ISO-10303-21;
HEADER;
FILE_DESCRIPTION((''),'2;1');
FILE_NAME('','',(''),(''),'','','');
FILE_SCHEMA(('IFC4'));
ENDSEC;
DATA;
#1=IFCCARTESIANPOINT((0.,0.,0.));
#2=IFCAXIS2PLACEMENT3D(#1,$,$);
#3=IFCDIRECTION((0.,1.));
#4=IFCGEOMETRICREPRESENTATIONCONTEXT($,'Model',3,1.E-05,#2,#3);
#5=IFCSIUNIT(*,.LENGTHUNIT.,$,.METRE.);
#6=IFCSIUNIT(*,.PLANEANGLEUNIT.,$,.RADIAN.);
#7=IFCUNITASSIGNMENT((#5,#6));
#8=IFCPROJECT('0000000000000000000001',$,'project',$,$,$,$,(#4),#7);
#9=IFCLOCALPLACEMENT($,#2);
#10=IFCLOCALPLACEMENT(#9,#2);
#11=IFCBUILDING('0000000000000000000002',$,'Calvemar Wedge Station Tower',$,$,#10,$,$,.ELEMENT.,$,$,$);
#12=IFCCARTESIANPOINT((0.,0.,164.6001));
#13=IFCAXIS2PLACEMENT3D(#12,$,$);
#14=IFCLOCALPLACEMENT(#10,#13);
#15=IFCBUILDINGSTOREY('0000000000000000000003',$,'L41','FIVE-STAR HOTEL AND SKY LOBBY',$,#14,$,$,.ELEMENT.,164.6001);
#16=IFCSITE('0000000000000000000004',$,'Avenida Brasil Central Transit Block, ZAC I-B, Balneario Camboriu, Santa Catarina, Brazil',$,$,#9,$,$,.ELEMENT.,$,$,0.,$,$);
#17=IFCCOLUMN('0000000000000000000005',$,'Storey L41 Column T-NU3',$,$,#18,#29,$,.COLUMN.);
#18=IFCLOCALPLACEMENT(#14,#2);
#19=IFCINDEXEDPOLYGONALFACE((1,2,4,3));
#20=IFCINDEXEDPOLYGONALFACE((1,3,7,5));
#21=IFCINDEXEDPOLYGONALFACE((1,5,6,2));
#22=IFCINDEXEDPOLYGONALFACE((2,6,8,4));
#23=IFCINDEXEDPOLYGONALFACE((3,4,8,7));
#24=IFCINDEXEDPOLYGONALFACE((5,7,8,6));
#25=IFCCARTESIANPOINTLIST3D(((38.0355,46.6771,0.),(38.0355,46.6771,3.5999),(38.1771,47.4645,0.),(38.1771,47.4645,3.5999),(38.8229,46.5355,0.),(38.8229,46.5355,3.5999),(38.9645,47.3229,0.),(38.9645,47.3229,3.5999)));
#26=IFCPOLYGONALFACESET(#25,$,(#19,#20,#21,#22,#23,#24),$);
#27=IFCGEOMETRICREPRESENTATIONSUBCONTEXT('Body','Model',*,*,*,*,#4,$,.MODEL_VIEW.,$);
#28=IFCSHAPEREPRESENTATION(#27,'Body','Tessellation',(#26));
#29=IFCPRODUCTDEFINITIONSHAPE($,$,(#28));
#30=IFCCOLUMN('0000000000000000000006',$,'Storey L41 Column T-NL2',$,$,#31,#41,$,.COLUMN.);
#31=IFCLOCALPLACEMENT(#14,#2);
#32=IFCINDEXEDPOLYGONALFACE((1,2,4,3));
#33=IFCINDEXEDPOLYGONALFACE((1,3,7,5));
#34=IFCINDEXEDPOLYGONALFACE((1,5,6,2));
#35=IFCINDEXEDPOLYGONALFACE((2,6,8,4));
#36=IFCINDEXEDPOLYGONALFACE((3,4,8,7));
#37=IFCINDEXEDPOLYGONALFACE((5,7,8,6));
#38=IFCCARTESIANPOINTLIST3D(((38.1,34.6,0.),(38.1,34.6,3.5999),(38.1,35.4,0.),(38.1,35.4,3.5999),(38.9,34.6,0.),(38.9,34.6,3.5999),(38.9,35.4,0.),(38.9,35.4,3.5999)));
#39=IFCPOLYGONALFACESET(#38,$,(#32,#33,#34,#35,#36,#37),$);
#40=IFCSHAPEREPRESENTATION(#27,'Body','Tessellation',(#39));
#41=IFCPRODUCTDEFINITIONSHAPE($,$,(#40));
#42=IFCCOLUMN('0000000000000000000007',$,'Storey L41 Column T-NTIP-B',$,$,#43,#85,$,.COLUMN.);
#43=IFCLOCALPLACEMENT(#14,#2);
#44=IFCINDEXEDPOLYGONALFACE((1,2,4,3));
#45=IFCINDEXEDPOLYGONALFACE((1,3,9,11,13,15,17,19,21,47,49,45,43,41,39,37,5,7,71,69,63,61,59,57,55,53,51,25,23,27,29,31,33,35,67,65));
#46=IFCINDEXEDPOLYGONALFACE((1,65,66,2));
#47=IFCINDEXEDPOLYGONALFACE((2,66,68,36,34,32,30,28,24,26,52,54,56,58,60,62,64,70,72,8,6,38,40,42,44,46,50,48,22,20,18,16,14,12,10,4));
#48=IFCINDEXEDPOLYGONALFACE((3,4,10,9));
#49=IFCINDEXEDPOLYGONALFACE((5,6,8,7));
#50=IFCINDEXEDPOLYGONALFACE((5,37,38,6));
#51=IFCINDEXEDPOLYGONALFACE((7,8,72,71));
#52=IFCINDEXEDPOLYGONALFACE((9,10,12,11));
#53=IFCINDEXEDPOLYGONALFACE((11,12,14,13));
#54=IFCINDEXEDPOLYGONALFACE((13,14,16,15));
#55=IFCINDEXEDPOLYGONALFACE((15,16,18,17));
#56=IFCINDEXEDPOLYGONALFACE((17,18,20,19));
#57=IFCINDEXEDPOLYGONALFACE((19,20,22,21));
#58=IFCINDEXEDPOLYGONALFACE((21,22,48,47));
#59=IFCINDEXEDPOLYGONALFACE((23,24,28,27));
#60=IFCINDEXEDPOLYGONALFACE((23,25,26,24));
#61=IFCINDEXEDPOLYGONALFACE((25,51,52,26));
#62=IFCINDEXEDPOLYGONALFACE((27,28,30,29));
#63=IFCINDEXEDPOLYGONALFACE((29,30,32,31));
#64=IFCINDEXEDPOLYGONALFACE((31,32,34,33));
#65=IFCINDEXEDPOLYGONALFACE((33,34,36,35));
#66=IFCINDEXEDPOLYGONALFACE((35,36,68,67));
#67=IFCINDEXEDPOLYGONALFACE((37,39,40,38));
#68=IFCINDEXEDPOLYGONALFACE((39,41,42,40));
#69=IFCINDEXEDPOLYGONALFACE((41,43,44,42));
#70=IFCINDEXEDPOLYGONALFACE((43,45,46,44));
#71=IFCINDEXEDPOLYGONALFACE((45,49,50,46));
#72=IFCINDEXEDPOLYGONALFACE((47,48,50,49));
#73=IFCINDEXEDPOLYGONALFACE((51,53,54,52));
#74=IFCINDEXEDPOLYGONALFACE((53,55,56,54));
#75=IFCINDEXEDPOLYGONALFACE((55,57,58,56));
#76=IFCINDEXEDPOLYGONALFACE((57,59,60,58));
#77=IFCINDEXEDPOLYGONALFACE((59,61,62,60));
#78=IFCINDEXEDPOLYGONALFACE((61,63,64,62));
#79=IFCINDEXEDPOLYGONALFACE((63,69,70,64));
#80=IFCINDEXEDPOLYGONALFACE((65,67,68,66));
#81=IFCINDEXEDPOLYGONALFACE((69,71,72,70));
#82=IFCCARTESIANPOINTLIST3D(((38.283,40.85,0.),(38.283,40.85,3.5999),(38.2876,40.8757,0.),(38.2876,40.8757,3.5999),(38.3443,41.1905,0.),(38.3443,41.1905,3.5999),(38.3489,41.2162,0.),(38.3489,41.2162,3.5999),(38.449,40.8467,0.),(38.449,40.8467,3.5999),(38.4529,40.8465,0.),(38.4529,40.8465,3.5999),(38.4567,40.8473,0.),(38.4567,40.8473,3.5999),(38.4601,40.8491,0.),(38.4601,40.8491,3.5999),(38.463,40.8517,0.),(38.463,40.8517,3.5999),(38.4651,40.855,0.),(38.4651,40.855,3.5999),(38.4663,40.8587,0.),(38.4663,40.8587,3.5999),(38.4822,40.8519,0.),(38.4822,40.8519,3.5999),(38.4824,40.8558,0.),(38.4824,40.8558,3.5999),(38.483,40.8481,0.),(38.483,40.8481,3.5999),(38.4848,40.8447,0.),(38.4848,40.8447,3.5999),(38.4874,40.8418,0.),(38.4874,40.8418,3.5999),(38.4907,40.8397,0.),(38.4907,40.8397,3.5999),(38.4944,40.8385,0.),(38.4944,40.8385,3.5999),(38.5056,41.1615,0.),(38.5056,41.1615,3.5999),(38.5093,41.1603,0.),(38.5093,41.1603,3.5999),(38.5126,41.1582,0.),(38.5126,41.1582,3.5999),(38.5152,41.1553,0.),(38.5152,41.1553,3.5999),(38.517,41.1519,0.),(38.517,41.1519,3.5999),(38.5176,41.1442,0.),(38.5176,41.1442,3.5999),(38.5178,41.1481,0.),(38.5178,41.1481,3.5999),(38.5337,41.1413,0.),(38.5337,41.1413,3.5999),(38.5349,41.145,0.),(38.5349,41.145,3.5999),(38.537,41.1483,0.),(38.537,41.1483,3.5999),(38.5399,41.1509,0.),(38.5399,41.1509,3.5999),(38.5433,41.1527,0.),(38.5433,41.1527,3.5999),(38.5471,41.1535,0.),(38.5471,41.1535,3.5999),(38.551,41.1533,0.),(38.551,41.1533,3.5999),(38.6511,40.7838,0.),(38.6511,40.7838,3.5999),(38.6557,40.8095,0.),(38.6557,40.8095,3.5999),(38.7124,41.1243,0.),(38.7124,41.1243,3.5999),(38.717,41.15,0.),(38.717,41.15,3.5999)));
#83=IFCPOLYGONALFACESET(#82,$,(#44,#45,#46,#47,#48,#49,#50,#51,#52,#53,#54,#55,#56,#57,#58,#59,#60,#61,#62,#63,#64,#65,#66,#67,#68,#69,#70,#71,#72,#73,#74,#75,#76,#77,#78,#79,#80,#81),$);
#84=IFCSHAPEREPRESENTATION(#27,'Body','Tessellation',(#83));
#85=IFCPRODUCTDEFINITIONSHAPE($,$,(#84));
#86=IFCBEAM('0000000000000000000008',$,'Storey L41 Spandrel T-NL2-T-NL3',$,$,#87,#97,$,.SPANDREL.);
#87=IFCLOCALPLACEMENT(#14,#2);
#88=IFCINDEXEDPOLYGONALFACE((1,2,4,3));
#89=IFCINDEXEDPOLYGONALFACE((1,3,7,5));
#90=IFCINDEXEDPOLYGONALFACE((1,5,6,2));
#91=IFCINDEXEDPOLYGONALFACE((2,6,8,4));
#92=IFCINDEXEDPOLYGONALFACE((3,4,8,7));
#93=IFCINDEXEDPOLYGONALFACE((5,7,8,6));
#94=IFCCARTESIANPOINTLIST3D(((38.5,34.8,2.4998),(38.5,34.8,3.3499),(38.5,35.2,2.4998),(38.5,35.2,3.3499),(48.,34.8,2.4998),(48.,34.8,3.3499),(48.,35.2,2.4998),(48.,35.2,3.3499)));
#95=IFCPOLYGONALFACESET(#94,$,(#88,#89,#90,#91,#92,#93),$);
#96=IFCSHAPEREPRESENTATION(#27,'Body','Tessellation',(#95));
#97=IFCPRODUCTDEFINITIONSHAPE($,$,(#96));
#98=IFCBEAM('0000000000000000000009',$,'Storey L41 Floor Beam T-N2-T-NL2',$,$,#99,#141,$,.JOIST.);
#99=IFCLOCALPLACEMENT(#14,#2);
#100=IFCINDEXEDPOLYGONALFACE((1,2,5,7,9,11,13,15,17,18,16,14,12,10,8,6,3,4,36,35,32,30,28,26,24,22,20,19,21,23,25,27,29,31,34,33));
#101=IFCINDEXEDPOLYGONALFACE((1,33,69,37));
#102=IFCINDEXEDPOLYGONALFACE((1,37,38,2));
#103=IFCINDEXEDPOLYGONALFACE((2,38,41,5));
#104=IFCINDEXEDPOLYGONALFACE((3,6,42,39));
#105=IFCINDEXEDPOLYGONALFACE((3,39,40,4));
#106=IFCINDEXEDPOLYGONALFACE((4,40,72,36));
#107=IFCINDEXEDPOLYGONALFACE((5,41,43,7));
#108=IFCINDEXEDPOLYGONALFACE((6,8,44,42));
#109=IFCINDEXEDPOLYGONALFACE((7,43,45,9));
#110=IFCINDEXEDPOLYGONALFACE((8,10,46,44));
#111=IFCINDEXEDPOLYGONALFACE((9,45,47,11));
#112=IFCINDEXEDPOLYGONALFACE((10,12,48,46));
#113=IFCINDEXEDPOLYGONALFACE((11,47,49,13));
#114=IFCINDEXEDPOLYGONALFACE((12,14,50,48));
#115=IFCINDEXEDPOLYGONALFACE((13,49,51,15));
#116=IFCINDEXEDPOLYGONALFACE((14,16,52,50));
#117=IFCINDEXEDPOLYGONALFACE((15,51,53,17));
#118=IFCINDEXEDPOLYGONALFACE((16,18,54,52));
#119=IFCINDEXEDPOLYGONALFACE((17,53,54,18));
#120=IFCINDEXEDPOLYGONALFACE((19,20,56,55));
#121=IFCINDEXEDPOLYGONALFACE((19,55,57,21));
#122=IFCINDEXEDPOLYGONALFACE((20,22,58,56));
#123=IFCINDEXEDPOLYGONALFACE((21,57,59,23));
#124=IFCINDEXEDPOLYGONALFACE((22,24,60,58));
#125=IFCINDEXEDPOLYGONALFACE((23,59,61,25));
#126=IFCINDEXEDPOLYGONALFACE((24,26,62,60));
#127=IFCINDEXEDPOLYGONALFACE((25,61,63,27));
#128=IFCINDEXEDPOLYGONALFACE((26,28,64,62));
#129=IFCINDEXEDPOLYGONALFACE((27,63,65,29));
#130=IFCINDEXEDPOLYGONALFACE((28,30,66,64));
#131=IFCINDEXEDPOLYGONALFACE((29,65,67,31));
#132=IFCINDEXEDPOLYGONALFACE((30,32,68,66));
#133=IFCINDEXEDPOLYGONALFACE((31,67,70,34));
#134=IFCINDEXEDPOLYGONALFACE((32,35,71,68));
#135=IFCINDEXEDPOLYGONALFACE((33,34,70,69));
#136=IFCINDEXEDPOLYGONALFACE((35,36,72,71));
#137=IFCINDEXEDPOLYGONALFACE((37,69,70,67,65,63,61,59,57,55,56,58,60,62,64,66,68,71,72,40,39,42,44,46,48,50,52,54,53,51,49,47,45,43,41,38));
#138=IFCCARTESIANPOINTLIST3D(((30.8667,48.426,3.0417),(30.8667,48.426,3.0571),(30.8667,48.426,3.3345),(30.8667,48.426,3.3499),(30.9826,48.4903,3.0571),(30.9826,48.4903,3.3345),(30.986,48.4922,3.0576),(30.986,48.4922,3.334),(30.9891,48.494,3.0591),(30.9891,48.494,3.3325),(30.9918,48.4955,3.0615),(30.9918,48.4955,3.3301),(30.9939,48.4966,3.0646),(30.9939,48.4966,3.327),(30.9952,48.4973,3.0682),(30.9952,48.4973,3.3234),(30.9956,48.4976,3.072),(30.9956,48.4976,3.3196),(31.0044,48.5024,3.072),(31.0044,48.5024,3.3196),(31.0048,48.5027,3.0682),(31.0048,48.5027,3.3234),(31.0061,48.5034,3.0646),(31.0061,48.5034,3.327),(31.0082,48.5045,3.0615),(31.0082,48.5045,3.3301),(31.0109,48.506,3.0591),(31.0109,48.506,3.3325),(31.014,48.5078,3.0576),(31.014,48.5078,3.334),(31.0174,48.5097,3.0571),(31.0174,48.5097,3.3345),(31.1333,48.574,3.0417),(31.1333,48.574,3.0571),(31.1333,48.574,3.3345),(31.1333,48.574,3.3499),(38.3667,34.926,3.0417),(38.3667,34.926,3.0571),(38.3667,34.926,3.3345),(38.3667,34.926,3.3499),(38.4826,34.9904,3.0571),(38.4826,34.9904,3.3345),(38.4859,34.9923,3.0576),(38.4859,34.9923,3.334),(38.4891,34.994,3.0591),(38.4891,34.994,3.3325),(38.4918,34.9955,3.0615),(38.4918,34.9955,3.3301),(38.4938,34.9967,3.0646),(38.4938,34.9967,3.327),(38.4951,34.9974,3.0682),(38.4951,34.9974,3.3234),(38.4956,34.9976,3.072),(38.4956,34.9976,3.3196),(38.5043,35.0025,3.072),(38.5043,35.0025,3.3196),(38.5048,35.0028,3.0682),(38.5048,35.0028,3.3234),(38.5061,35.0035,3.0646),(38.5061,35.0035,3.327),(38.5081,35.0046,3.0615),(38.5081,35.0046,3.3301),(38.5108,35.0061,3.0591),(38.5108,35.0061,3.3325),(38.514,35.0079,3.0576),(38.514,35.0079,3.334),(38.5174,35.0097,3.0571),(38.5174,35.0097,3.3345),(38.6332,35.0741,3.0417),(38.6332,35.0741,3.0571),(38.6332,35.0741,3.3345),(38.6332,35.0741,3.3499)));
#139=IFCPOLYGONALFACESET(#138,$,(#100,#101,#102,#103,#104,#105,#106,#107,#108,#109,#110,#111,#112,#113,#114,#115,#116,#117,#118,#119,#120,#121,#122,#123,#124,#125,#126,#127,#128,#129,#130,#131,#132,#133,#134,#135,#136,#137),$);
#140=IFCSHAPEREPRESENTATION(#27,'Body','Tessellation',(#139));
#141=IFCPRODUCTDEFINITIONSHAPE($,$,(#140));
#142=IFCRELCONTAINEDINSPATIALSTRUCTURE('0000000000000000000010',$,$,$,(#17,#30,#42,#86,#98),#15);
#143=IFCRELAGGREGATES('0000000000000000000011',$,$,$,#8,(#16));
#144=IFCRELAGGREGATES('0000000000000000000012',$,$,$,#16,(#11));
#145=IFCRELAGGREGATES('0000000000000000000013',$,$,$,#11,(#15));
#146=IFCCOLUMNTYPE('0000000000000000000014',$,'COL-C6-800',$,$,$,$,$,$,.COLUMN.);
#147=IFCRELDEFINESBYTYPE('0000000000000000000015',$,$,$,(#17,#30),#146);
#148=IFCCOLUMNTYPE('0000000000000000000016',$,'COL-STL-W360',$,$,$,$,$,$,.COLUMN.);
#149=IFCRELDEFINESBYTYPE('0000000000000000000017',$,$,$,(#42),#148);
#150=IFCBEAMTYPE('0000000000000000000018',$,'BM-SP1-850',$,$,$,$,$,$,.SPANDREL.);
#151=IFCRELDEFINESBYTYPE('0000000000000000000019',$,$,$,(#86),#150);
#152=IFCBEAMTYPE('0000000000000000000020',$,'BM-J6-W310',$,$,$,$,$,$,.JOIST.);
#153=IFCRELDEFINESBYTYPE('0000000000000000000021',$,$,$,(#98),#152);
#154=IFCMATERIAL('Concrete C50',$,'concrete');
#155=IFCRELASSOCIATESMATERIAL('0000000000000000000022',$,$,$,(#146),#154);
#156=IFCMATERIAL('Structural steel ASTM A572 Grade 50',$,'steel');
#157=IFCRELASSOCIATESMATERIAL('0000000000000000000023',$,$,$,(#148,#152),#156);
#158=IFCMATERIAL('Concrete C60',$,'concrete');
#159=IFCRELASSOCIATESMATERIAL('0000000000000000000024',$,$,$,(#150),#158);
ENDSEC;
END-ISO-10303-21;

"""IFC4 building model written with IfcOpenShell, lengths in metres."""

from ifc_helpers import new_model, si_unit, direction, frame, origin, origin_2d, place, context, subcontext, project, spatial, rectangle, i_section, extrude, source, transform, mapped, material, material_profile, profile_set, type_object, element, save


model = new_model("IFC4")

# Units and contexts
model_context = context("Model", 3, precision=1e-05, world=origin(), true_north=direction((0.0, 1.0)))
body_context = subcontext(model_context, "Body", "Model", "MODEL_VIEW")
ifc_project = project(units=[si_unit("LENGTHUNIT", "METRE"), si_unit("PLANEANGLEUNIT", "RADIAN")], contexts=[model_context])

# Site, building, storey
site_placement = place(None, origin())
site = spatial("IfcSite", under=ifc_project, at=site_placement, Name="Avenida Brasil Central Transit Block, ZAC I-B, Balneario Camboriu, Santa Catarina, Brazil", CompositionType="ELEMENT", RefElevation=0.0)
building_placement = place(site_placement, origin())
building = spatial("IfcBuilding", under=site, at=building_placement, Name="Calvemar Wedge Station Tower", CompositionType="ELEMENT")
storey_placement = place(building_placement, frame((0.0, 0.0, 164.6001)))
storey = spatial("IfcBuildingStorey", under=building, at=storey_placement, Name="L41", Description="FIVE-STAR HOTEL AND SKY LOBBY", CompositionType="ELEMENT", Elevation=164.6001)

# Columns
ifc_material_1 = material(Name="Concrete C50", Category="concrete")
ifc_material_profile_1 = material_profile(ifc_material_1, rectangle(XDim=0.8, YDim=0.8, at=origin_2d()), Name="RC800x800")
ifc_profile_set_1 = profile_set([ifc_material_profile_1], Name="Concrete C50")
column_type_1 = type_object("IfcColumnType", Name="COL-C6-800", PredefinedType="COLUMN", material=ifc_profile_set_1)
shared_shape_1 = source(origin(), body_context, "Body", "SweptSolid", [
    extrude(rectangle(XDim=0.8, YDim=0.8, at=origin_2d()), origin(), (0.0, 0.0, 1.0), 3.5999),
])
for number, where, z_axis, x_axis, name in (
    (1, (38.5, 47.0, 0.0), (0.0, 0.0, 1.0), (0.984196, -0.177085, 0.0), "Storey L41 Column T-NU3"),
    (2, (38.5, 35.0, 0.0), (0.0, 0.0, 1.0), (1.0, 0.0, 0.0), "Storey L41 Column T-NL2"),
):
    element("IfcColumn", number, at=place(storey_placement, frame(where, z_axis=z_axis, x_axis=x_axis)), inside=storey, type_object=column_type_1, Name=name, PredefinedType="COLUMN", context=body_context, shape_type="MappedRepresentation", body=[
        mapped(shared_shape_1, transform((0.0, 0.0, 0.0), scale=1.0)),
    ])
ifc_material_2 = material(Name="Structural steel ASTM A572 Grade 50", Category="steel")
ifc_material_profile_2 = material_profile(ifc_material_2, i_section(OverallWidth=0.374, OverallDepth=0.3721, WebThickness=0.0164, FlangeThickness=0.0261, FilletRadius=0.0149, at=origin_2d()), Name="W360x196")
ifc_profile_set_2 = profile_set([ifc_material_profile_2], Name="Structural steel ASTM A572 Grade 50")
column_type_2 = type_object("IfcColumnType", Name="COL-STL-W360", PredefinedType="COLUMN", material=ifc_profile_set_2)
shared_shape_2 = source(origin(), body_context, "Body", "SweptSolid", [
    extrude(i_section(OverallWidth=0.374, OverallDepth=0.3721, WebThickness=0.0164, FlangeThickness=0.0261, FilletRadius=0.0149, at=origin_2d()), origin(), (0.0, 0.0, 1.0), 3.5999),
])
column_placement = place(storey_placement, frame((38.5, 41.0, 0.0), z_axis=(0.0, 0.0, 1.0), x_axis=(0.984196, -0.177085, 0.0)))
element("IfcColumn", 3, at=column_placement, inside=storey, type_object=column_type_2, Name="Storey L41 Column T-NTIP-B", PredefinedType="COLUMN", context=body_context, shape_type="MappedRepresentation", body=[
    mapped(shared_shape_2, transform((0.0, 0.0, 0.0), scale=1.0)),
])

# Beams
ifc_material_3 = material(Name="Concrete C60", Category="concrete")
ifc_material_profile_3 = material_profile(ifc_material_3, rectangle(XDim=0.3999, YDim=0.8501, at=origin_2d()), Name="RC400x850")
ifc_profile_set_3 = profile_set([ifc_material_profile_3], Name="Concrete C60")
beam_type_1 = type_object("IfcBeamType", Name="BM-SP1-850", PredefinedType="SPANDREL", material=ifc_profile_set_3)
shared_shape_3 = source(origin(), body_context, "Body", "SweptSolid", [
    extrude(rectangle(XDim=0.3999, YDim=0.8501, at=origin_2d()), origin(), (0.0, 0.0, 1.0), 9.5),
])
beam_1_placement = place(storey_placement, frame((38.5, 35.0, 2.9248), z_axis=(1.0, 0.0, 0.0), x_axis=(0.0, 1.0, 0.0)))
element("IfcBeam", 4, at=beam_1_placement, inside=storey, type_object=beam_type_1, Name="Storey L41 Spandrel T-NL2-T-NL3", PredefinedType="SPANDREL", context=body_context, shape_type="MappedRepresentation", body=[
    mapped(shared_shape_3, transform((0.0, 0.0, 0.0), scale=1.0)),
])
ifc_material_profile_4 = material_profile(ifc_material_2, i_section(OverallWidth=0.3049, OverallDepth=0.3081, WebThickness=0.01, FlangeThickness=0.0154, FilletRadius=0.0149, at=origin_2d()), Name="W310x97")
ifc_profile_set_4 = profile_set([ifc_material_profile_4], Name="Structural steel ASTM A572 Grade 50")
beam_type_2 = type_object("IfcBeamType", Name="BM-J6-W310", PredefinedType="JOIST", material=ifc_profile_set_4)
shared_shape_4 = source(origin(), body_context, "Body", "SweptSolid", [
    extrude(i_section(OverallWidth=0.3049, OverallDepth=0.3081, WebThickness=0.01, FlangeThickness=0.0154, FilletRadius=0.0149, at=origin_2d()), origin(), (0.0, 0.0, 1.0), 15.4434),
])
beam_2_placement = place(storey_placement, frame((31.0, 48.5, 3.1958), z_axis=(0.485643, -0.874157, 0.0), x_axis=(0.874157, 0.485643, 0.0)))
element("IfcBeam", 5, at=beam_2_placement, inside=storey, type_object=beam_type_2, Name="Storey L41 Floor Beam T-N2-T-NL2", PredefinedType="JOIST", context=body_context, shape_type="MappedRepresentation", body=[
    mapped(shared_shape_4, transform((0.0, 0.0, 0.0), scale=1.0)),
])

save(model, "model.ifc")
